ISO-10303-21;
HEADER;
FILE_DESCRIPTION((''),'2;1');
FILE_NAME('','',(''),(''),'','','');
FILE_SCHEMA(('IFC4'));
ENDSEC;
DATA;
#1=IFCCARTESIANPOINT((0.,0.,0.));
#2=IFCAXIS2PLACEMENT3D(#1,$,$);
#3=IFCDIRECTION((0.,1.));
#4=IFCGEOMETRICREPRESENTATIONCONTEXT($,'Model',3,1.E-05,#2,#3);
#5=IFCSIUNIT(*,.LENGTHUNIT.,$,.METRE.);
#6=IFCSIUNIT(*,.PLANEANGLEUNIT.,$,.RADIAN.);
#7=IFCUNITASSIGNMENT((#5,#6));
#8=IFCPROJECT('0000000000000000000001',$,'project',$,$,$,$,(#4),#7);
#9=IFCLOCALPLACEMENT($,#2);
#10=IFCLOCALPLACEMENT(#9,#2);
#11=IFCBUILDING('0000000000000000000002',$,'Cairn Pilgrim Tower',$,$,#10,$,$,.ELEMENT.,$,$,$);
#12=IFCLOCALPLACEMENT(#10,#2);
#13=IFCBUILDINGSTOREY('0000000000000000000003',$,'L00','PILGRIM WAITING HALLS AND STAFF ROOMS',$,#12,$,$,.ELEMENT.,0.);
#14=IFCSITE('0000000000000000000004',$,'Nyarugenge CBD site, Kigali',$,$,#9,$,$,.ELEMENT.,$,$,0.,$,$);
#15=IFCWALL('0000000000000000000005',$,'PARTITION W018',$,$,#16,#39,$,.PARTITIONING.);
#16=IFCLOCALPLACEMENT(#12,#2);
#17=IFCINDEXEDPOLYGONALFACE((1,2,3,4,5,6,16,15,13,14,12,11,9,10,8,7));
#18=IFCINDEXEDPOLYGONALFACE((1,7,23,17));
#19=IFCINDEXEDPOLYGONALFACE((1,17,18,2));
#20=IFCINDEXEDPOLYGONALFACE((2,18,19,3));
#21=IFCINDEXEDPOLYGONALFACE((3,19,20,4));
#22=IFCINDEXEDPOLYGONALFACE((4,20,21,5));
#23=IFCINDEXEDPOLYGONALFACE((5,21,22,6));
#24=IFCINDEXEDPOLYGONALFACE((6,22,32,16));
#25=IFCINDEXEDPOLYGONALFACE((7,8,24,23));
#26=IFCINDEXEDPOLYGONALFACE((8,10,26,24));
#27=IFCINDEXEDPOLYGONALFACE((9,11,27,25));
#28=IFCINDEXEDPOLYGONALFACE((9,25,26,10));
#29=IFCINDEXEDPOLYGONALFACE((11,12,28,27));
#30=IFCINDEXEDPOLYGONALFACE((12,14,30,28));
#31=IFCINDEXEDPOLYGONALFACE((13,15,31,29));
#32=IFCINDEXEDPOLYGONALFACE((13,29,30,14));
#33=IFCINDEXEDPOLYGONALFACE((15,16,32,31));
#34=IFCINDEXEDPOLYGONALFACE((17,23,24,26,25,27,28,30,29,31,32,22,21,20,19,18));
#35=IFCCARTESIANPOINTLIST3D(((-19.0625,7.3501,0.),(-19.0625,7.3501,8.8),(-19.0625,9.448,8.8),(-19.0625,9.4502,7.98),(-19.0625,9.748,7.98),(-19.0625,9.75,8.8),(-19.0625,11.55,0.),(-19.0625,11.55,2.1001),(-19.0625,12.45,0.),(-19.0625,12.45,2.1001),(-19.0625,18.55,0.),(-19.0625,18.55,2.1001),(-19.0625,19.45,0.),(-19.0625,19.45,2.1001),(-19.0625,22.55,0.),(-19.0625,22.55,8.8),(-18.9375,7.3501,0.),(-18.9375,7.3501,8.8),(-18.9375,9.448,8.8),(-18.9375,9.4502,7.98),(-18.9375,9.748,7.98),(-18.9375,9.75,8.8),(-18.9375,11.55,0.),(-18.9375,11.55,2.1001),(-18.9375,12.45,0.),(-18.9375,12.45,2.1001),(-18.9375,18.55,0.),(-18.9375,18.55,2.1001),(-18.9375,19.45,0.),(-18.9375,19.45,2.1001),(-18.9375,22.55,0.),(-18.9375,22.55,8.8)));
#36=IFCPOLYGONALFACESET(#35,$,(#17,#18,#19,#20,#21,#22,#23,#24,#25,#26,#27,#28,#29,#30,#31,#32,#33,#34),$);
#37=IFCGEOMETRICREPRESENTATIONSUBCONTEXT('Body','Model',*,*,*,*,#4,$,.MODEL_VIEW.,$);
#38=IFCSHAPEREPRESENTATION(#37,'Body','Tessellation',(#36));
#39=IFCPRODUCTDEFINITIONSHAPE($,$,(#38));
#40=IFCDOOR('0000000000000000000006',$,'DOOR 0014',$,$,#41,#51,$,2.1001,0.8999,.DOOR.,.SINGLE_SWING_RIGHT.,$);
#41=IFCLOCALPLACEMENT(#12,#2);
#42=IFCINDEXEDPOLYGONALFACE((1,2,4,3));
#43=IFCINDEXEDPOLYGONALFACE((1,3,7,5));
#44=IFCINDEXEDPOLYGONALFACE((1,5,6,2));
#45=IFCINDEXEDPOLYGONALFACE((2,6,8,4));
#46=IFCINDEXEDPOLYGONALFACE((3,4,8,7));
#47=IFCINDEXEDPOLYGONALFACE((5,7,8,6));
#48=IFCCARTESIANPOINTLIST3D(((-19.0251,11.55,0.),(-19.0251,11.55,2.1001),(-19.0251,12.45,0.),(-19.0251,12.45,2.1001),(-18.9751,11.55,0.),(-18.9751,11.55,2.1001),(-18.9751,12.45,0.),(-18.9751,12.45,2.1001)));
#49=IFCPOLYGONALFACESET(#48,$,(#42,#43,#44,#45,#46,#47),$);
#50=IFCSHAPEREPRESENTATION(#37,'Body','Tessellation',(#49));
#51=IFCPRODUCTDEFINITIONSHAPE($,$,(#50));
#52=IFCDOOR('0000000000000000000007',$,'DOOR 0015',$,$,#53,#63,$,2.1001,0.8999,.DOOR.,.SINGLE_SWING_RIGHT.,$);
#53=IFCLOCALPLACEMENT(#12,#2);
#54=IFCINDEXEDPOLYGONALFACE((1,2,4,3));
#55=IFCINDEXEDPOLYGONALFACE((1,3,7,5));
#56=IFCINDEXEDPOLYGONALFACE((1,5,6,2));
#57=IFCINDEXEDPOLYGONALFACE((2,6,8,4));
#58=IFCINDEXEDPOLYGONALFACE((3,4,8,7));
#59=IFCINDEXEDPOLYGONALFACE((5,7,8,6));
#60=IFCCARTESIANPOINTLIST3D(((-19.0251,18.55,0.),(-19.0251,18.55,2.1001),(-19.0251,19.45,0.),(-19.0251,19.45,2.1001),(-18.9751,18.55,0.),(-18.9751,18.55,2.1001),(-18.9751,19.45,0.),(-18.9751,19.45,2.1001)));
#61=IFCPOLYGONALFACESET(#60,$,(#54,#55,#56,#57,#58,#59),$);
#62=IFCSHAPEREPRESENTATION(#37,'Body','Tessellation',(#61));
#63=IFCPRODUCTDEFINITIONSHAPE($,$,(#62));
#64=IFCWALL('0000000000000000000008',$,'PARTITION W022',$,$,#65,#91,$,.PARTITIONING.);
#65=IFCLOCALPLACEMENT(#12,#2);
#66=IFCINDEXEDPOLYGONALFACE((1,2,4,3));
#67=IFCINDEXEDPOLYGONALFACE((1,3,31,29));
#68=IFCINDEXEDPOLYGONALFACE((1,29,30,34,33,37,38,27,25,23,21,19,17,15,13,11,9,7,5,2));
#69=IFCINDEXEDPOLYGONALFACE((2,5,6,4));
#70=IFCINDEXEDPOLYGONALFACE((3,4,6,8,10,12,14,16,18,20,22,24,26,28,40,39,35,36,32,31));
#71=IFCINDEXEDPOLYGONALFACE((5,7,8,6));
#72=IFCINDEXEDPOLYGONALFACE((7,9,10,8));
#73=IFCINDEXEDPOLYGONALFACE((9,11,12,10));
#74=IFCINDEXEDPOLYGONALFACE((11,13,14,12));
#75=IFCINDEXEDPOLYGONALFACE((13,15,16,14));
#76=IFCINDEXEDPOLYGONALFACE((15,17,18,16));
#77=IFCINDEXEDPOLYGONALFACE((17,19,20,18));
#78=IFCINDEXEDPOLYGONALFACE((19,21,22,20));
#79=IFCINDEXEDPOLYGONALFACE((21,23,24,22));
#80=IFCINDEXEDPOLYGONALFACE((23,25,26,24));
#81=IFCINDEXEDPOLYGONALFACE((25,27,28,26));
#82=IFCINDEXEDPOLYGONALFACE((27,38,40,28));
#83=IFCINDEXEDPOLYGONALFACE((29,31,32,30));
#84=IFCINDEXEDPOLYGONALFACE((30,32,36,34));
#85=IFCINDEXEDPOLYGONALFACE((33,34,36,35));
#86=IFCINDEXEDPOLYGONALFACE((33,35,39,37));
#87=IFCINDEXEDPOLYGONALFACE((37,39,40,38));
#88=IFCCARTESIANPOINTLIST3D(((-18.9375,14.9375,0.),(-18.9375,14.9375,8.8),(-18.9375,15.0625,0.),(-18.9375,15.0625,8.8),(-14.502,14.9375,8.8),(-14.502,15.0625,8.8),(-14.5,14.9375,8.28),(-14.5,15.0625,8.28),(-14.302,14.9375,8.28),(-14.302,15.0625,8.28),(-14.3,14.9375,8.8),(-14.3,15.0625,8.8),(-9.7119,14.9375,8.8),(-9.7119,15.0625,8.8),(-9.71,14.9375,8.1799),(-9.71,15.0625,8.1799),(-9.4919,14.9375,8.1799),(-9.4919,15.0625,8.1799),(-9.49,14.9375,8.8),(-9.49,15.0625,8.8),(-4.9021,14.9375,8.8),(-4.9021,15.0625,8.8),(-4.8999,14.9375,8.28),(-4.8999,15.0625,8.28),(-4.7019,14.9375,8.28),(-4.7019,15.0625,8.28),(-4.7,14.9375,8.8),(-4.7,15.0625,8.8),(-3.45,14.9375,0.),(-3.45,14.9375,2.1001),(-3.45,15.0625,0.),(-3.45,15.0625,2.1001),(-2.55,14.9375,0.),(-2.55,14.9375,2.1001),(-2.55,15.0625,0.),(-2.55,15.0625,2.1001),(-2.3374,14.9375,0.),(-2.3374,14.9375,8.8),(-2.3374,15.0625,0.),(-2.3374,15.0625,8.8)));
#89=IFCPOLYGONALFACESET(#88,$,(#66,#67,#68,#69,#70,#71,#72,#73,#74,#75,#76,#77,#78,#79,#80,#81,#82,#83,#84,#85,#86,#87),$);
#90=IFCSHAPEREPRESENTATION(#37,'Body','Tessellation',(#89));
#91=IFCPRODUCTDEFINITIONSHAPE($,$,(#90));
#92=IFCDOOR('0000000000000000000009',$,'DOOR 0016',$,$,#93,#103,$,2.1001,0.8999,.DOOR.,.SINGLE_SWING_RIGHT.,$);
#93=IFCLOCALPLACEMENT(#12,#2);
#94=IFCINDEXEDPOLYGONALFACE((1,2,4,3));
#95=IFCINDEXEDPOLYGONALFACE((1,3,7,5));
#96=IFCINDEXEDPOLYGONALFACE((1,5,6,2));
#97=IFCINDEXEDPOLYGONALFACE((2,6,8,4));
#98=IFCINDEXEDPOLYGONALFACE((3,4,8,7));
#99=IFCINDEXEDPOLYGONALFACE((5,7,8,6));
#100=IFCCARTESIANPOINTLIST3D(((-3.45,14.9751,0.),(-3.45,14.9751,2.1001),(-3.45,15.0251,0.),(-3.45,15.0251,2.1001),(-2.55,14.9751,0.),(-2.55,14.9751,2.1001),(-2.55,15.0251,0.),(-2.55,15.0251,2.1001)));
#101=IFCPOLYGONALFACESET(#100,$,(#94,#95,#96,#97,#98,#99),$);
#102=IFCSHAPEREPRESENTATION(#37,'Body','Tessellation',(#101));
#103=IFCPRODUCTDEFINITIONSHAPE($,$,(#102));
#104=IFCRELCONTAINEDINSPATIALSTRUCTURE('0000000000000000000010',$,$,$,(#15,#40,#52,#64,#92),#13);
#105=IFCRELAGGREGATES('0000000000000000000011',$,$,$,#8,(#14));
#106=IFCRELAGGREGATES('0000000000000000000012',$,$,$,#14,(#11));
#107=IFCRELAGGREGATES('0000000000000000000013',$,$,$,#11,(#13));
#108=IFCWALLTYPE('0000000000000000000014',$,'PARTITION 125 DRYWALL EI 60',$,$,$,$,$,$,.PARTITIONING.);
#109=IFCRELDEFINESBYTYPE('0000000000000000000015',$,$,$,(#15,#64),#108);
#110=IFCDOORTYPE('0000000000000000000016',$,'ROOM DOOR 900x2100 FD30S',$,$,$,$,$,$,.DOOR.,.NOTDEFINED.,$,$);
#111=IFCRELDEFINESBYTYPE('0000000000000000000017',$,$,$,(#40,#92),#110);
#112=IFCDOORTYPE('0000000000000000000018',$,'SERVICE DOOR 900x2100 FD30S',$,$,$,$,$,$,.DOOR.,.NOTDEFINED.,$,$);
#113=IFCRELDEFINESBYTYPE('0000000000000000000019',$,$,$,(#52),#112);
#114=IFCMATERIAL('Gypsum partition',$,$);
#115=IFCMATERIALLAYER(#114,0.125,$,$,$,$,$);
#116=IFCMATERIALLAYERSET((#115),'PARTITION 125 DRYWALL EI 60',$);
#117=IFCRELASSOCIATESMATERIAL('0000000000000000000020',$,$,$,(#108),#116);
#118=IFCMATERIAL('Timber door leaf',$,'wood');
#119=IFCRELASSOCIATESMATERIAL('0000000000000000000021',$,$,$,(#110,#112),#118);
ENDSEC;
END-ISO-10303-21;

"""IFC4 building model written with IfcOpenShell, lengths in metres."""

from ifc_helpers import new_model, si_unit, direction, frame, frame_2d, origin, place, context, subcontext, project, spatial, polyline, rectangle, outline, extrude, material, layer, layer_set, type_object, element, fill, save


model = new_model("IFC4")

# Units and contexts
model_context = context("Model", 3, precision=1e-05, world=origin(), true_north=direction((0.0, 1.0)))
body_context = subcontext(model_context, "Body", "Model", "MODEL_VIEW")
ifc_project = project(units=[si_unit("LENGTHUNIT", "METRE"), si_unit("PLANEANGLEUNIT", "RADIAN")], contexts=[model_context])

# Site, building, storey
site_placement = place(None, origin())
site = spatial("IfcSite", under=ifc_project, at=site_placement, Name="Nyarugenge CBD site, Kigali", CompositionType="ELEMENT", RefElevation=0.0)
building_placement = place(site_placement, origin())
building = spatial("IfcBuilding", under=site, at=building_placement, Name="Cairn Pilgrim Tower", CompositionType="ELEMENT")
storey_placement = place(building_placement, origin())
storey = spatial("IfcBuildingStorey", under=building, at=storey_placement, Name="L00", Description="PILGRIM WAITING HALLS AND STAFF ROOMS", CompositionType="ELEMENT", Elevation=0.0)

# Wall, openings, doors
ifc_material_1 = material(Name="Gypsum partition")
ifc_layer = layer(ifc_material_1, 0.125)
ifc_layer_set = layer_set([ifc_layer], Name="PARTITION 125 DRYWALL EI 60")
wall_type = type_object("IfcWallType", Name="PARTITION 125 DRYWALL EI 60", PredefinedType="PARTITIONING", material=ifc_layer_set)
wall_1_placement = place(storey_placement, frame((-19.0, 7.3501, 0.0), z_axis=(0.0, 0.0, 1.0), x_axis=(0.0, 1.0, 0.0)))
wall_1 = element("IfcWall", 1, at=wall_1_placement, inside=storey, type_object=wall_type, Name="PARTITION W018", PredefinedType="PARTITIONING", context=body_context, shape_type="SweptSolid", body=[
    extrude(outline(polyline([(0.0, 0.0), (15.2, 0.0), (15.2, 8.8), (2.3999, 8.8), (2.3979, 7.98), (2.1001, 7.98), (2.0979, 8.8), (0.0, 8.8), (0.0, 0.0)])), frame((0.0, 0.0625, 0.0), z_axis=(0.0, -1.0, 0.0), x_axis=(1.0, 0.0, 0.0)), (0.0, 0.0, 1.0), 0.125),
])
opening_1_placement = place(wall_1_placement, frame((4.2, 0.0, 0.0)))
opening_1 = element("IfcOpeningElement", 2, at=opening_1_placement, cuts=wall_1, PredefinedType="OPENING", context=body_context, shape_type="SweptSolid", body=[
    extrude(rectangle(XDim=0.8999, YDim=2.1001, at=frame_2d((0.45, 1.05))), frame((0.0, 0.0725, 0.0), z_axis=(0.0, -1.0, 0.0), x_axis=(1.0, 0.0, 0.0)), (0.0, 0.0, 1.0), 0.145),
])
opening_2_placement = place(wall_1_placement, frame((11.2, 0.0, 0.0)))
opening_2 = element("IfcOpeningElement", 3, at=opening_2_placement, cuts=wall_1, PredefinedType="OPENING", context=body_context, shape_type="SweptSolid", body=[
    extrude(rectangle(XDim=0.8999, YDim=2.1001, at=frame_2d((0.45, 1.05))), frame((0.0, 0.0725, 0.0), z_axis=(0.0, -1.0, 0.0), x_axis=(1.0, 0.0, 0.0)), (0.0, 0.0, 1.0), 0.145),
])
ifc_material_2 = material(Name="Timber door leaf", Category="wood")
door_type_1 = type_object("IfcDoorType", Name="ROOM DOOR 900x2100 FD30S", OperationType="NOTDEFINED", PredefinedType="DOOR", material=ifc_material_2)
door_1_placement = place(opening_1_placement, frame((0.8999, 0.0, 0.0), z_axis=(0.0, 0.0, 1.0), x_axis=(-1.0, 0.0, 0.0)))
door_1 = element("IfcDoor", 4, at=door_1_placement, inside=storey, type_object=door_type_1, Name="DOOR 0014", OperationType="SINGLE_SWING_RIGHT", OverallHeight=2.1001, OverallWidth=0.8999, PredefinedType="DOOR", context=body_context, shape_type="SweptSolid", body=[
    extrude(rectangle(XDim=0.8999, YDim=2.1001, at=frame_2d((0.45, 1.05))), frame((0.0, 0.0249, 0.0), z_axis=(0.0, -1.0, 0.0), x_axis=(1.0, 0.0, 0.0)), (0.0, 0.0, 1.0), 0.05),
])
fill(opening_1, door_1)
door_type_2 = type_object("IfcDoorType", Name="SERVICE DOOR 900x2100 FD30S", OperationType="NOTDEFINED", PredefinedType="DOOR", material=ifc_material_2)
door_2_placement = place(opening_2_placement, frame((0.8999, 0.0, 0.0), z_axis=(0.0, 0.0, 1.0), x_axis=(-1.0, 0.0, 0.0)))
door_2 = element("IfcDoor", 5, at=door_2_placement, inside=storey, type_object=door_type_2, Name="DOOR 0015", OperationType="SINGLE_SWING_RIGHT", OverallHeight=2.1001, OverallWidth=0.8999, PredefinedType="DOOR", context=body_context, shape_type="SweptSolid", body=[
    extrude(rectangle(XDim=0.8999, YDim=2.1001, at=frame_2d((0.45, 1.05))), frame((0.0, 0.0249, 0.0), z_axis=(0.0, -1.0, 0.0), x_axis=(1.0, 0.0, 0.0)), (0.0, 0.0, 1.0), 0.05),
])
fill(opening_2, door_2)

# Wall, opening, door
wall_2_placement = place(storey_placement, frame((-18.9375, 15.0, 0.0), z_axis=(0.0, 0.0, 1.0), x_axis=(1.0, 0.0, 0.0)))
wall_2 = element("IfcWall", 6, at=wall_2_placement, inside=storey, type_object=wall_type, Name="PARTITION W022", PredefinedType="PARTITIONING", context=body_context, shape_type="SweptSolid", body=[
    extrude(outline(polyline([(0.0, 0.0), (16.6001, 0.0), (16.6001, 8.8), (14.2375, 8.8), (14.2356, 8.28), (14.0376, 8.28), (14.0354, 8.8), (9.4475, 8.8), (9.4456, 8.1799), (9.2275, 8.1799), (9.2256, 8.8), (4.6375, 8.8), (4.6355, 8.28), (4.4375, 8.28), (4.4355, 8.8), (0.0, 8.8), (0.0, 0.0)])), frame((0.0, 0.0625, 0.0), z_axis=(0.0, -1.0, 0.0), x_axis=(1.0, 0.0, 0.0)), (0.0, 0.0, 1.0), 0.125),
])
opening_3_placement = place(wall_2_placement, frame((15.4875, 0.0, 0.0)))
opening_3 = element("IfcOpeningElement", 7, at=opening_3_placement, cuts=wall_2, PredefinedType="OPENING", context=body_context, shape_type="SweptSolid", body=[
    extrude(rectangle(XDim=0.8999, YDim=2.1001, at=frame_2d((0.45, 1.05))), frame((0.0, 0.0725, 0.0), z_axis=(0.0, -1.0, 0.0), x_axis=(1.0, 0.0, 0.0)), (0.0, 0.0, 1.0), 0.145),
])
door_3_placement = place(opening_3_placement, frame((0.8999, 0.0, 0.0), z_axis=(0.0, 0.0, 1.0), x_axis=(-1.0, 0.0, 0.0)))
door_3 = element("IfcDoor", 8, at=door_3_placement, inside=storey, type_object=door_type_1, Name="DOOR 0016", OperationType="SINGLE_SWING_RIGHT", OverallHeight=2.1001, OverallWidth=0.8999, PredefinedType="DOOR", context=body_context, shape_type="SweptSolid", body=[
    extrude(rectangle(XDim=0.8999, YDim=2.1001, at=frame_2d((0.45, 1.05))), frame((0.0, 0.0249, 0.0), z_axis=(0.0, -1.0, 0.0), x_axis=(1.0, 0.0, 0.0)), (0.0, 0.0, 1.0), 0.05),
])
fill(opening_3, door_3)

save(model, "model.ifc")
